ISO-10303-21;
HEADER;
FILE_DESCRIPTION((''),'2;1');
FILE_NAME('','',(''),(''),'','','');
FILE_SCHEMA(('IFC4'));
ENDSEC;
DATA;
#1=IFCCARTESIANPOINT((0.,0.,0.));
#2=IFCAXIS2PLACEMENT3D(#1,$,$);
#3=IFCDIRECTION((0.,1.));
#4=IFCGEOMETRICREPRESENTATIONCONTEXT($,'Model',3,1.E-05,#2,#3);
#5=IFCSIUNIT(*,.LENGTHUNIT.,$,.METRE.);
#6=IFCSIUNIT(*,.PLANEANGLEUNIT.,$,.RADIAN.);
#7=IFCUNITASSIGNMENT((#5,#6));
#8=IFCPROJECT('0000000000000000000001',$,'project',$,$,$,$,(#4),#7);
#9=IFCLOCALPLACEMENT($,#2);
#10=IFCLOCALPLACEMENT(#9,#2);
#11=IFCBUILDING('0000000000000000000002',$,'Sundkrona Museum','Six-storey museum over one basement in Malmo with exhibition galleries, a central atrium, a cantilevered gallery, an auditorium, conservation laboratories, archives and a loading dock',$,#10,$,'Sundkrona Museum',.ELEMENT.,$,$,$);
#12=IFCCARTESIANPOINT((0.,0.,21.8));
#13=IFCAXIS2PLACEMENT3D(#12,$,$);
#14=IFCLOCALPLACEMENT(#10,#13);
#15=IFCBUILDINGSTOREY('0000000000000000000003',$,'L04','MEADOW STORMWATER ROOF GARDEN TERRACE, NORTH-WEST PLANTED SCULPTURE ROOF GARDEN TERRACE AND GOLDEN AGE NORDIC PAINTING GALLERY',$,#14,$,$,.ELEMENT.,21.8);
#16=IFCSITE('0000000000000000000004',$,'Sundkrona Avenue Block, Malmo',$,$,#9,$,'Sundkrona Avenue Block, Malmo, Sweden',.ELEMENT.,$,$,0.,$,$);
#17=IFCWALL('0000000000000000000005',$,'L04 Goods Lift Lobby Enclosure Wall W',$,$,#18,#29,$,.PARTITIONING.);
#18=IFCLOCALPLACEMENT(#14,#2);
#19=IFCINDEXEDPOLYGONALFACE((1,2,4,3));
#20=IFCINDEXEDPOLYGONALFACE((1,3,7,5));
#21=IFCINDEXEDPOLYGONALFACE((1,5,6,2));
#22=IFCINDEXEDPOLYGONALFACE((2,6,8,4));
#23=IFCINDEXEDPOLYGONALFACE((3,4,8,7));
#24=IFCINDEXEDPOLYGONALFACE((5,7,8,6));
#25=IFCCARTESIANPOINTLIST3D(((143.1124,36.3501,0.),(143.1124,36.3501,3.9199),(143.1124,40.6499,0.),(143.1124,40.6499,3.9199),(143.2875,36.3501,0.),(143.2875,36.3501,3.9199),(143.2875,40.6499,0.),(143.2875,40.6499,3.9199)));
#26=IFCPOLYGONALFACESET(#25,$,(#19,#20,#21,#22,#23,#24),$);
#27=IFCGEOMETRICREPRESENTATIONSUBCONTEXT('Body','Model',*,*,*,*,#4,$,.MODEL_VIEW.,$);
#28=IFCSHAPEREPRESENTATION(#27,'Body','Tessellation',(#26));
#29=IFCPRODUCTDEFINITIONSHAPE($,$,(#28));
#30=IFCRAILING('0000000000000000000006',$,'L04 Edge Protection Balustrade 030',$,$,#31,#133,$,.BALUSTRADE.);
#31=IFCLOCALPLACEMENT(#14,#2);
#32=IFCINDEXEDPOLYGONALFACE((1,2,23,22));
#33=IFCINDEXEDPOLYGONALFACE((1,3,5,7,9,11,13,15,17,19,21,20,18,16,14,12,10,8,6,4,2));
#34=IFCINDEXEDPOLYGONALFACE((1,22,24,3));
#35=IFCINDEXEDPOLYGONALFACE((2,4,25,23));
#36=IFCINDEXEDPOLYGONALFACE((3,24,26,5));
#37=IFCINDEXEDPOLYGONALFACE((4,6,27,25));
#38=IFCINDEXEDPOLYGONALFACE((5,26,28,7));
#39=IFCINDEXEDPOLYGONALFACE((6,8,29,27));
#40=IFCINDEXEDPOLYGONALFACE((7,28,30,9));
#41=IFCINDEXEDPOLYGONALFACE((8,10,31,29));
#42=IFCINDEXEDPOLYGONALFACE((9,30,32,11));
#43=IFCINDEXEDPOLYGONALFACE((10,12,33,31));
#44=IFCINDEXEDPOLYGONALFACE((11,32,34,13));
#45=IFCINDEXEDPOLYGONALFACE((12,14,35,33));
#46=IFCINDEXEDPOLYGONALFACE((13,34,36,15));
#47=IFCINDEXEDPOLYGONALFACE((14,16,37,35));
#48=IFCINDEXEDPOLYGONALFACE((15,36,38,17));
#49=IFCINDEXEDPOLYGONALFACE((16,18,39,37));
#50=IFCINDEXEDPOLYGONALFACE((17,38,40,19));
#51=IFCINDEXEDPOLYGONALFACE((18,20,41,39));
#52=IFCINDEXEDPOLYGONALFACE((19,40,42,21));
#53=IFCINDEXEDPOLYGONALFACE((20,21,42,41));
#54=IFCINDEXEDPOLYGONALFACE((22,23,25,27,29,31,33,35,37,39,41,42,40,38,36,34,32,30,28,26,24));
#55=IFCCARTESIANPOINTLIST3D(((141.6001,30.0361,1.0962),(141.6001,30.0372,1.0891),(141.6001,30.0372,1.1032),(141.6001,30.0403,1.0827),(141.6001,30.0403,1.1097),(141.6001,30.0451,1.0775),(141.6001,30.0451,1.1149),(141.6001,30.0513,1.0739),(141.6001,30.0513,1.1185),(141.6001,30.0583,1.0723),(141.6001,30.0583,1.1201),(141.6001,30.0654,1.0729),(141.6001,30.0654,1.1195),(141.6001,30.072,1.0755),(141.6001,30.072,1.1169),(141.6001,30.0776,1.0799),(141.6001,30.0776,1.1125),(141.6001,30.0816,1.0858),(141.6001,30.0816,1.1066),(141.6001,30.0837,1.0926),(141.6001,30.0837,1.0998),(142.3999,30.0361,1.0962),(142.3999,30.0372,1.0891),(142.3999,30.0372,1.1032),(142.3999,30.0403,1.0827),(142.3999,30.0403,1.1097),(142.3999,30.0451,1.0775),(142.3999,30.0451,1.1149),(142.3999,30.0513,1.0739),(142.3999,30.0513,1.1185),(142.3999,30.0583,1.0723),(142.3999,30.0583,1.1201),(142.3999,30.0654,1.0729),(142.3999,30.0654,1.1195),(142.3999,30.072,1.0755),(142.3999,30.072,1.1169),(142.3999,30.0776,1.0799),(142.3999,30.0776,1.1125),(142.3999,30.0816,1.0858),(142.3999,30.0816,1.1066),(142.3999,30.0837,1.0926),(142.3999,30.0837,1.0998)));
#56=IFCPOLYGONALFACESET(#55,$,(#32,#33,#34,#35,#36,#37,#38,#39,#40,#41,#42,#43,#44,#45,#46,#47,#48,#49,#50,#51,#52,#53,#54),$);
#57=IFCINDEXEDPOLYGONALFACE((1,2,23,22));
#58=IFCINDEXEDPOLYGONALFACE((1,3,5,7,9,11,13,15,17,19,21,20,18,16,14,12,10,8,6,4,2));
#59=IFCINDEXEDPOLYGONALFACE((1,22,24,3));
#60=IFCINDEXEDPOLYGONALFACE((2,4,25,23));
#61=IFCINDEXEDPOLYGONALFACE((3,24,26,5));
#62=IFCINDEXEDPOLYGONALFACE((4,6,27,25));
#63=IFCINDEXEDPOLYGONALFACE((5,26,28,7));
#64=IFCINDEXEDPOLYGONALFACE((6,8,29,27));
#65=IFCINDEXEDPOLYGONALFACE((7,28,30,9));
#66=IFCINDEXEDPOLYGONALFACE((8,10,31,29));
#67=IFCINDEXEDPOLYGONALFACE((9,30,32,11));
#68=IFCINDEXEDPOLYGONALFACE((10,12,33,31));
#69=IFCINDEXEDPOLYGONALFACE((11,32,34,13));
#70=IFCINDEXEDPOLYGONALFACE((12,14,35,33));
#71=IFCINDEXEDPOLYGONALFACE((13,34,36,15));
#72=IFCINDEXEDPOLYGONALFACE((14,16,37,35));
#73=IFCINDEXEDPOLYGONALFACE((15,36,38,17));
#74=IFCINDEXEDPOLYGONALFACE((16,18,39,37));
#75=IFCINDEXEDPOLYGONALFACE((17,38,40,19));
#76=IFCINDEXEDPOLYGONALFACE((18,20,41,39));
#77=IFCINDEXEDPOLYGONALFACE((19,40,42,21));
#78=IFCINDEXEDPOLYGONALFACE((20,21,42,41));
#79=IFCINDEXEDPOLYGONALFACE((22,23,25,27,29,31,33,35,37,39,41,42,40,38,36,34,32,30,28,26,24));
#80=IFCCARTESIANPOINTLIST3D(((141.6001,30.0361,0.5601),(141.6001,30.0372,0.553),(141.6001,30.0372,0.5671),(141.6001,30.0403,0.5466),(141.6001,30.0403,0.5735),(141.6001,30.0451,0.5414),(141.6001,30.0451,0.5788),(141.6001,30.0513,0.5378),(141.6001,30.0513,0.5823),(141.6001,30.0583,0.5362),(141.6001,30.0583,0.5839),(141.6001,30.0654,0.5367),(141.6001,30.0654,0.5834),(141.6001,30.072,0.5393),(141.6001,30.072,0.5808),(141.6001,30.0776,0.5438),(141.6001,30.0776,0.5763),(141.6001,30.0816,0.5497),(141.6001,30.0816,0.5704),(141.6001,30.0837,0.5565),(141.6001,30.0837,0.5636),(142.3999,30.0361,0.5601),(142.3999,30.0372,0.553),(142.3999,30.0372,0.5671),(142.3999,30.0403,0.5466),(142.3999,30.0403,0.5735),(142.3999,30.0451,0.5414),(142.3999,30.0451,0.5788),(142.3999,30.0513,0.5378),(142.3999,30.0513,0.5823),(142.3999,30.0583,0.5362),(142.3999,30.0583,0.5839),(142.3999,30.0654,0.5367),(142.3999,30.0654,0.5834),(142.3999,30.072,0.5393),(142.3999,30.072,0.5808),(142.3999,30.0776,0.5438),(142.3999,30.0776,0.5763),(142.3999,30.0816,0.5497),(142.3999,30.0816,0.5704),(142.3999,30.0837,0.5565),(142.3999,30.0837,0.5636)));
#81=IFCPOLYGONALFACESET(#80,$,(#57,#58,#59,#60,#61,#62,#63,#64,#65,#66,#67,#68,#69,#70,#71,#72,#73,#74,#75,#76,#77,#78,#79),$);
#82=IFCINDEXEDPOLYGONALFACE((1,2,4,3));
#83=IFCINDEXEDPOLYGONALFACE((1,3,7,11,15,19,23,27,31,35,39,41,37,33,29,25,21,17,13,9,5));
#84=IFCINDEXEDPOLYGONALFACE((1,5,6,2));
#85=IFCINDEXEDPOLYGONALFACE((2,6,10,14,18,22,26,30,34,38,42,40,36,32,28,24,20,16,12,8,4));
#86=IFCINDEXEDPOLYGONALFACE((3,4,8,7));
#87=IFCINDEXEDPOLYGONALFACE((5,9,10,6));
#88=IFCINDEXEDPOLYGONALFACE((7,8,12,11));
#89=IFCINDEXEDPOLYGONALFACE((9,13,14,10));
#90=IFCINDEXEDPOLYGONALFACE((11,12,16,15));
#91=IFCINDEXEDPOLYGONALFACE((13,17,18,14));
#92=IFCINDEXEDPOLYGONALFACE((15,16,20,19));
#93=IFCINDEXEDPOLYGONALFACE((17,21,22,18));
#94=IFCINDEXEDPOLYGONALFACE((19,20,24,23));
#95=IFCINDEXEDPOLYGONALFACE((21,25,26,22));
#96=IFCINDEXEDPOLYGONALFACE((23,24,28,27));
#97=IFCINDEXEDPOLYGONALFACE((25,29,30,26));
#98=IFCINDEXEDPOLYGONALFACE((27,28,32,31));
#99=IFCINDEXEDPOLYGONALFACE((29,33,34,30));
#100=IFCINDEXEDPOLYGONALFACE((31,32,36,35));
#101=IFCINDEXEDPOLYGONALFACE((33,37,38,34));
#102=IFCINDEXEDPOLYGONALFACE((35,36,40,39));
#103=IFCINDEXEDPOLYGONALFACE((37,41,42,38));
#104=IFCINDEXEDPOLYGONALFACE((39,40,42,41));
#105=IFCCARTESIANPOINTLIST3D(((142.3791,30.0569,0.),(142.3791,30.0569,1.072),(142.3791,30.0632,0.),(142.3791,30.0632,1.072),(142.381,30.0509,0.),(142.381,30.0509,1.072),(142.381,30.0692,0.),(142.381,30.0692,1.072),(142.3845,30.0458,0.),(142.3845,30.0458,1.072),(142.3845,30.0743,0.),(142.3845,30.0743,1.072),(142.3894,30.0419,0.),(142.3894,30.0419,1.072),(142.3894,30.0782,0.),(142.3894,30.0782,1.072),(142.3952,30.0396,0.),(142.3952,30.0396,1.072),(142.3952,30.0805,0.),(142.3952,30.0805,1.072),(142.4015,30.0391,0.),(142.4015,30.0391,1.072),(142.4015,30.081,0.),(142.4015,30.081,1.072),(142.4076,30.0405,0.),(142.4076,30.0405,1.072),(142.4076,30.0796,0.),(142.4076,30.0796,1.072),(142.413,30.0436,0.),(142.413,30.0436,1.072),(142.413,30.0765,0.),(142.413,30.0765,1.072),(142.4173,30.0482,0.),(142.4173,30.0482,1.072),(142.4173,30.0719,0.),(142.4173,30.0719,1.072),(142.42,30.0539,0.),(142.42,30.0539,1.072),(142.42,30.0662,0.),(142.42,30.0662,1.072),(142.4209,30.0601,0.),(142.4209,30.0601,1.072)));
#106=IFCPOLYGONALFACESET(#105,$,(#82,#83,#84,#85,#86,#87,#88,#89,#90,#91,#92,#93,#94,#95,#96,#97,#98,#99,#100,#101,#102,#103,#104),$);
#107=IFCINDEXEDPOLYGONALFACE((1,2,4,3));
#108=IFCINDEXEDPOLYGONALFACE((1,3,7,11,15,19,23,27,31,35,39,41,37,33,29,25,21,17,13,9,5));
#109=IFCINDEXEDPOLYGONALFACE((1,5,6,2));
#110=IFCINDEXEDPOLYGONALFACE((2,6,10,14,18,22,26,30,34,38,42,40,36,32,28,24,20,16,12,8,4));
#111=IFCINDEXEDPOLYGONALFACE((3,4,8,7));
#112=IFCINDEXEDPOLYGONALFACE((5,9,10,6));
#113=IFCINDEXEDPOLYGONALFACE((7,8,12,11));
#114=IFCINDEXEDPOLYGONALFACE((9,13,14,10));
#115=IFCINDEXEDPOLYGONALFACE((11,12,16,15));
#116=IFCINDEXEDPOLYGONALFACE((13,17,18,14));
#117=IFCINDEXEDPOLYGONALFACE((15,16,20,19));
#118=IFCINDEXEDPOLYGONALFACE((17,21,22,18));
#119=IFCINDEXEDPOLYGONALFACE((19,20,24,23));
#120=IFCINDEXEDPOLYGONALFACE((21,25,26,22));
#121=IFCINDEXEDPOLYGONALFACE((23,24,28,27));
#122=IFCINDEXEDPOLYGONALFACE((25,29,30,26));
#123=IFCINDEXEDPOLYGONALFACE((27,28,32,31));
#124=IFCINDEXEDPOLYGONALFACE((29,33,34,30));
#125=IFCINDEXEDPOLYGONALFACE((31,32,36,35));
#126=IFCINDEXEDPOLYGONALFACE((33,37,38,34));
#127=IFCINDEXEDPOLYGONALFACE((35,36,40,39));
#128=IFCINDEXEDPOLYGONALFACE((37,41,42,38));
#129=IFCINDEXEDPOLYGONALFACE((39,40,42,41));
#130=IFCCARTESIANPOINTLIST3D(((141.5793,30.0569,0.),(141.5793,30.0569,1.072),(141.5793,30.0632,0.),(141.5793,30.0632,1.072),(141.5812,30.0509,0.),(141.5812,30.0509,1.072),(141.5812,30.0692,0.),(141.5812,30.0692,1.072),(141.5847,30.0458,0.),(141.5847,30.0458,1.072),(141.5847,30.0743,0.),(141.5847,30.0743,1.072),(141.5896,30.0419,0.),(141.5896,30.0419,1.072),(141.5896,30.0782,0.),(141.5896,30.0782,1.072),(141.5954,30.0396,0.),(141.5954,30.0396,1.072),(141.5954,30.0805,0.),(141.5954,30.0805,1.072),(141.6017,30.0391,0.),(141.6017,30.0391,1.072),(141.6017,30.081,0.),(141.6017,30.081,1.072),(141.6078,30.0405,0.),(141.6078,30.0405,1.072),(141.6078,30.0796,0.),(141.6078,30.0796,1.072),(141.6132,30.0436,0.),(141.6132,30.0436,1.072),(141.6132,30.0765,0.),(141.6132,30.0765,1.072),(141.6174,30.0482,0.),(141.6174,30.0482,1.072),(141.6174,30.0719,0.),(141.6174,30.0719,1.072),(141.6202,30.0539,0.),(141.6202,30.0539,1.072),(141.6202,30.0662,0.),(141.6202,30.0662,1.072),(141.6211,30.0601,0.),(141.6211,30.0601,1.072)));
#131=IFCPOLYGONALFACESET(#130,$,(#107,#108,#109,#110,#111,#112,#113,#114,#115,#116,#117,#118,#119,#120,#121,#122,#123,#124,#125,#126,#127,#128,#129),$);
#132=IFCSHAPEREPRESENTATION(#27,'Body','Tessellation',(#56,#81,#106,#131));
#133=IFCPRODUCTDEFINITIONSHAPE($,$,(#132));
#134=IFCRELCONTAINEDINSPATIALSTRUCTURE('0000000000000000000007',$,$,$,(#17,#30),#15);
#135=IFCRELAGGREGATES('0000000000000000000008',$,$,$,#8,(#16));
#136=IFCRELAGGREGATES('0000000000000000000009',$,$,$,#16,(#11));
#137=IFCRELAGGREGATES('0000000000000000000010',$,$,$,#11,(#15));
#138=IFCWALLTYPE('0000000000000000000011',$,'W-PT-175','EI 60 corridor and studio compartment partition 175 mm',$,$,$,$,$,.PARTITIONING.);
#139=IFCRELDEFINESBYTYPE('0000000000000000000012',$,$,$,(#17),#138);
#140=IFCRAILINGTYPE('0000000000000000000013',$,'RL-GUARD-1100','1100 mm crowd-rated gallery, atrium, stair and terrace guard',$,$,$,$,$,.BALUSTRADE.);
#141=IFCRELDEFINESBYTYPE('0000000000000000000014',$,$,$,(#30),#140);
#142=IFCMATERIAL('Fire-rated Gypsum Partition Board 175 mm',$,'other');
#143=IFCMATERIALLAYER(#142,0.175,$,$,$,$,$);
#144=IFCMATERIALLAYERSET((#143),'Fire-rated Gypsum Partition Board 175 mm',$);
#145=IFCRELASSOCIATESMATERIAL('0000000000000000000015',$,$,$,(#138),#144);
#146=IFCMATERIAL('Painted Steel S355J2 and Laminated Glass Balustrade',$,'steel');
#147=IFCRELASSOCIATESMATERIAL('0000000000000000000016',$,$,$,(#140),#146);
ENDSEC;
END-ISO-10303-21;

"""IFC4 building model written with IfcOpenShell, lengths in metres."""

from ifc_helpers import new_model, si_unit, direction, frame, frame_2d, origin, origin_2d, place, context, subcontext, project, spatial, rectangle, circle, extrude, material, layer, layer_set, type_object, element, save


model = new_model("IFC4")

# Units and contexts
model_context = context("Model", 3, precision=1e-05, world=origin(), true_north=direction((0.0, 1.0)))
body_context = subcontext(model_context, "Body", "Model", "MODEL_VIEW")
ifc_project = project(units=[si_unit("LENGTHUNIT", "METRE"), si_unit("PLANEANGLEUNIT", "RADIAN")], contexts=[model_context])

# Site, building, storey
site_placement = place(None, origin())
site = spatial("IfcSite", under=ifc_project, at=site_placement, Name="Sundkrona Avenue Block, Malmo", LongName="Sundkrona Avenue Block, Malmo, Sweden", CompositionType="ELEMENT", RefElevation=0.0)
building_placement = place(site_placement, origin())
building = spatial("IfcBuilding", under=site, at=building_placement, Name="Sundkrona Museum", Description="Six-storey museum over one basement in Malmo with exhibition galleries, a central atrium, a cantilevered gallery, an auditorium, conservation laboratories, archives and a loading dock", LongName="Sundkrona Museum", CompositionType="ELEMENT")
storey_placement = place(building_placement, frame((0.0, 0.0, 21.8)))
storey = spatial("IfcBuildingStorey", under=building, at=storey_placement, Name="L04", Description="MEADOW STORMWATER ROOF GARDEN TERRACE, NORTH-WEST PLANTED SCULPTURE ROOF GARDEN TERRACE AND GOLDEN AGE NORDIC PAINTING GALLERY", CompositionType="ELEMENT", Elevation=21.8)

# Shared definitions
ifc_material_1 = material(Name="Fire-rated Gypsum Partition Board 175 mm", Category="other")
ifc_layer_1 = layer(ifc_material_1, 0.175)
ifc_layer_set_1 = layer_set([ifc_layer_1], Name="Fire-rated Gypsum Partition Board 175 mm")
wall_type = type_object("IfcWallType", Name="W-PT-175", Description="EI 60 corridor and studio compartment partition 175 mm", PredefinedType="PARTITIONING", material=ifc_layer_set_1)

# Wall
wall_1_placement = place(storey_placement, frame((143.2, 36.3501, 0.0), z_axis=(0.0, 0.0, 1.0), x_axis=(0.0, 1.0, 0.0)))
element("IfcWall", 1, at=wall_1_placement, inside=storey, type_object=wall_type, Name="L04 Goods Lift Lobby Enclosure Wall W", PredefinedType="PARTITIONING", context=body_context, shape_type="SweptSolid", body=[
    extrude(rectangle(XDim=4.2998, YDim=0.175, at=frame_2d((2.1499, 0.0))), origin(), (0.0, 0.0, 1.0), 3.9199),
])

# Railing
ifc_material_2 = material(Name="Painted Steel S355J2 and Laminated Glass Balustrade", Category="steel")
railing_type = type_object("IfcRailingType", Name="RL-GUARD-1100", Description="1100 mm crowd-rated gallery, atrium, stair and terrace guard", PredefinedType="BALUSTRADE", material=ifc_material_2)
railing_1_placement = place(storey_placement, frame((142.3999, 30.0601, 0.0)))
element("IfcRailing", 2, at=railing_1_placement, inside=storey, type_object=railing_type, Name="L04 Edge Protection Balustrade 030", PredefinedType="BALUSTRADE", context=body_context, shape_type="SweptSolid", body=[
    extrude(circle(Radius=0.0239, at=origin_2d()), frame((0.0, 0.0, 1.0962), z_axis=(-1.0, 0.0, 0.0), x_axis=(0.0, -1.0, 0.0)), (0.0, 0.0, 1.0), 0.7998),
    extrude(circle(Radius=0.0239, at=origin_2d()), frame((0.0, 0.0, 0.5601), z_axis=(-1.0, 0.0, 0.0), x_axis=(0.0, -1.0, 0.0)), (0.0, 0.0, 1.0), 0.7998),
    extrude(circle(Radius=0.021, at=origin_2d()), origin(), (0.0, 0.0, 1.0), 1.072),
    extrude(circle(Radius=0.021, at=origin_2d()), frame((-0.7998, 0.0, 0.0)), (0.0, 0.0, 1.0), 1.072),
])

save(model, "model.ifc")
